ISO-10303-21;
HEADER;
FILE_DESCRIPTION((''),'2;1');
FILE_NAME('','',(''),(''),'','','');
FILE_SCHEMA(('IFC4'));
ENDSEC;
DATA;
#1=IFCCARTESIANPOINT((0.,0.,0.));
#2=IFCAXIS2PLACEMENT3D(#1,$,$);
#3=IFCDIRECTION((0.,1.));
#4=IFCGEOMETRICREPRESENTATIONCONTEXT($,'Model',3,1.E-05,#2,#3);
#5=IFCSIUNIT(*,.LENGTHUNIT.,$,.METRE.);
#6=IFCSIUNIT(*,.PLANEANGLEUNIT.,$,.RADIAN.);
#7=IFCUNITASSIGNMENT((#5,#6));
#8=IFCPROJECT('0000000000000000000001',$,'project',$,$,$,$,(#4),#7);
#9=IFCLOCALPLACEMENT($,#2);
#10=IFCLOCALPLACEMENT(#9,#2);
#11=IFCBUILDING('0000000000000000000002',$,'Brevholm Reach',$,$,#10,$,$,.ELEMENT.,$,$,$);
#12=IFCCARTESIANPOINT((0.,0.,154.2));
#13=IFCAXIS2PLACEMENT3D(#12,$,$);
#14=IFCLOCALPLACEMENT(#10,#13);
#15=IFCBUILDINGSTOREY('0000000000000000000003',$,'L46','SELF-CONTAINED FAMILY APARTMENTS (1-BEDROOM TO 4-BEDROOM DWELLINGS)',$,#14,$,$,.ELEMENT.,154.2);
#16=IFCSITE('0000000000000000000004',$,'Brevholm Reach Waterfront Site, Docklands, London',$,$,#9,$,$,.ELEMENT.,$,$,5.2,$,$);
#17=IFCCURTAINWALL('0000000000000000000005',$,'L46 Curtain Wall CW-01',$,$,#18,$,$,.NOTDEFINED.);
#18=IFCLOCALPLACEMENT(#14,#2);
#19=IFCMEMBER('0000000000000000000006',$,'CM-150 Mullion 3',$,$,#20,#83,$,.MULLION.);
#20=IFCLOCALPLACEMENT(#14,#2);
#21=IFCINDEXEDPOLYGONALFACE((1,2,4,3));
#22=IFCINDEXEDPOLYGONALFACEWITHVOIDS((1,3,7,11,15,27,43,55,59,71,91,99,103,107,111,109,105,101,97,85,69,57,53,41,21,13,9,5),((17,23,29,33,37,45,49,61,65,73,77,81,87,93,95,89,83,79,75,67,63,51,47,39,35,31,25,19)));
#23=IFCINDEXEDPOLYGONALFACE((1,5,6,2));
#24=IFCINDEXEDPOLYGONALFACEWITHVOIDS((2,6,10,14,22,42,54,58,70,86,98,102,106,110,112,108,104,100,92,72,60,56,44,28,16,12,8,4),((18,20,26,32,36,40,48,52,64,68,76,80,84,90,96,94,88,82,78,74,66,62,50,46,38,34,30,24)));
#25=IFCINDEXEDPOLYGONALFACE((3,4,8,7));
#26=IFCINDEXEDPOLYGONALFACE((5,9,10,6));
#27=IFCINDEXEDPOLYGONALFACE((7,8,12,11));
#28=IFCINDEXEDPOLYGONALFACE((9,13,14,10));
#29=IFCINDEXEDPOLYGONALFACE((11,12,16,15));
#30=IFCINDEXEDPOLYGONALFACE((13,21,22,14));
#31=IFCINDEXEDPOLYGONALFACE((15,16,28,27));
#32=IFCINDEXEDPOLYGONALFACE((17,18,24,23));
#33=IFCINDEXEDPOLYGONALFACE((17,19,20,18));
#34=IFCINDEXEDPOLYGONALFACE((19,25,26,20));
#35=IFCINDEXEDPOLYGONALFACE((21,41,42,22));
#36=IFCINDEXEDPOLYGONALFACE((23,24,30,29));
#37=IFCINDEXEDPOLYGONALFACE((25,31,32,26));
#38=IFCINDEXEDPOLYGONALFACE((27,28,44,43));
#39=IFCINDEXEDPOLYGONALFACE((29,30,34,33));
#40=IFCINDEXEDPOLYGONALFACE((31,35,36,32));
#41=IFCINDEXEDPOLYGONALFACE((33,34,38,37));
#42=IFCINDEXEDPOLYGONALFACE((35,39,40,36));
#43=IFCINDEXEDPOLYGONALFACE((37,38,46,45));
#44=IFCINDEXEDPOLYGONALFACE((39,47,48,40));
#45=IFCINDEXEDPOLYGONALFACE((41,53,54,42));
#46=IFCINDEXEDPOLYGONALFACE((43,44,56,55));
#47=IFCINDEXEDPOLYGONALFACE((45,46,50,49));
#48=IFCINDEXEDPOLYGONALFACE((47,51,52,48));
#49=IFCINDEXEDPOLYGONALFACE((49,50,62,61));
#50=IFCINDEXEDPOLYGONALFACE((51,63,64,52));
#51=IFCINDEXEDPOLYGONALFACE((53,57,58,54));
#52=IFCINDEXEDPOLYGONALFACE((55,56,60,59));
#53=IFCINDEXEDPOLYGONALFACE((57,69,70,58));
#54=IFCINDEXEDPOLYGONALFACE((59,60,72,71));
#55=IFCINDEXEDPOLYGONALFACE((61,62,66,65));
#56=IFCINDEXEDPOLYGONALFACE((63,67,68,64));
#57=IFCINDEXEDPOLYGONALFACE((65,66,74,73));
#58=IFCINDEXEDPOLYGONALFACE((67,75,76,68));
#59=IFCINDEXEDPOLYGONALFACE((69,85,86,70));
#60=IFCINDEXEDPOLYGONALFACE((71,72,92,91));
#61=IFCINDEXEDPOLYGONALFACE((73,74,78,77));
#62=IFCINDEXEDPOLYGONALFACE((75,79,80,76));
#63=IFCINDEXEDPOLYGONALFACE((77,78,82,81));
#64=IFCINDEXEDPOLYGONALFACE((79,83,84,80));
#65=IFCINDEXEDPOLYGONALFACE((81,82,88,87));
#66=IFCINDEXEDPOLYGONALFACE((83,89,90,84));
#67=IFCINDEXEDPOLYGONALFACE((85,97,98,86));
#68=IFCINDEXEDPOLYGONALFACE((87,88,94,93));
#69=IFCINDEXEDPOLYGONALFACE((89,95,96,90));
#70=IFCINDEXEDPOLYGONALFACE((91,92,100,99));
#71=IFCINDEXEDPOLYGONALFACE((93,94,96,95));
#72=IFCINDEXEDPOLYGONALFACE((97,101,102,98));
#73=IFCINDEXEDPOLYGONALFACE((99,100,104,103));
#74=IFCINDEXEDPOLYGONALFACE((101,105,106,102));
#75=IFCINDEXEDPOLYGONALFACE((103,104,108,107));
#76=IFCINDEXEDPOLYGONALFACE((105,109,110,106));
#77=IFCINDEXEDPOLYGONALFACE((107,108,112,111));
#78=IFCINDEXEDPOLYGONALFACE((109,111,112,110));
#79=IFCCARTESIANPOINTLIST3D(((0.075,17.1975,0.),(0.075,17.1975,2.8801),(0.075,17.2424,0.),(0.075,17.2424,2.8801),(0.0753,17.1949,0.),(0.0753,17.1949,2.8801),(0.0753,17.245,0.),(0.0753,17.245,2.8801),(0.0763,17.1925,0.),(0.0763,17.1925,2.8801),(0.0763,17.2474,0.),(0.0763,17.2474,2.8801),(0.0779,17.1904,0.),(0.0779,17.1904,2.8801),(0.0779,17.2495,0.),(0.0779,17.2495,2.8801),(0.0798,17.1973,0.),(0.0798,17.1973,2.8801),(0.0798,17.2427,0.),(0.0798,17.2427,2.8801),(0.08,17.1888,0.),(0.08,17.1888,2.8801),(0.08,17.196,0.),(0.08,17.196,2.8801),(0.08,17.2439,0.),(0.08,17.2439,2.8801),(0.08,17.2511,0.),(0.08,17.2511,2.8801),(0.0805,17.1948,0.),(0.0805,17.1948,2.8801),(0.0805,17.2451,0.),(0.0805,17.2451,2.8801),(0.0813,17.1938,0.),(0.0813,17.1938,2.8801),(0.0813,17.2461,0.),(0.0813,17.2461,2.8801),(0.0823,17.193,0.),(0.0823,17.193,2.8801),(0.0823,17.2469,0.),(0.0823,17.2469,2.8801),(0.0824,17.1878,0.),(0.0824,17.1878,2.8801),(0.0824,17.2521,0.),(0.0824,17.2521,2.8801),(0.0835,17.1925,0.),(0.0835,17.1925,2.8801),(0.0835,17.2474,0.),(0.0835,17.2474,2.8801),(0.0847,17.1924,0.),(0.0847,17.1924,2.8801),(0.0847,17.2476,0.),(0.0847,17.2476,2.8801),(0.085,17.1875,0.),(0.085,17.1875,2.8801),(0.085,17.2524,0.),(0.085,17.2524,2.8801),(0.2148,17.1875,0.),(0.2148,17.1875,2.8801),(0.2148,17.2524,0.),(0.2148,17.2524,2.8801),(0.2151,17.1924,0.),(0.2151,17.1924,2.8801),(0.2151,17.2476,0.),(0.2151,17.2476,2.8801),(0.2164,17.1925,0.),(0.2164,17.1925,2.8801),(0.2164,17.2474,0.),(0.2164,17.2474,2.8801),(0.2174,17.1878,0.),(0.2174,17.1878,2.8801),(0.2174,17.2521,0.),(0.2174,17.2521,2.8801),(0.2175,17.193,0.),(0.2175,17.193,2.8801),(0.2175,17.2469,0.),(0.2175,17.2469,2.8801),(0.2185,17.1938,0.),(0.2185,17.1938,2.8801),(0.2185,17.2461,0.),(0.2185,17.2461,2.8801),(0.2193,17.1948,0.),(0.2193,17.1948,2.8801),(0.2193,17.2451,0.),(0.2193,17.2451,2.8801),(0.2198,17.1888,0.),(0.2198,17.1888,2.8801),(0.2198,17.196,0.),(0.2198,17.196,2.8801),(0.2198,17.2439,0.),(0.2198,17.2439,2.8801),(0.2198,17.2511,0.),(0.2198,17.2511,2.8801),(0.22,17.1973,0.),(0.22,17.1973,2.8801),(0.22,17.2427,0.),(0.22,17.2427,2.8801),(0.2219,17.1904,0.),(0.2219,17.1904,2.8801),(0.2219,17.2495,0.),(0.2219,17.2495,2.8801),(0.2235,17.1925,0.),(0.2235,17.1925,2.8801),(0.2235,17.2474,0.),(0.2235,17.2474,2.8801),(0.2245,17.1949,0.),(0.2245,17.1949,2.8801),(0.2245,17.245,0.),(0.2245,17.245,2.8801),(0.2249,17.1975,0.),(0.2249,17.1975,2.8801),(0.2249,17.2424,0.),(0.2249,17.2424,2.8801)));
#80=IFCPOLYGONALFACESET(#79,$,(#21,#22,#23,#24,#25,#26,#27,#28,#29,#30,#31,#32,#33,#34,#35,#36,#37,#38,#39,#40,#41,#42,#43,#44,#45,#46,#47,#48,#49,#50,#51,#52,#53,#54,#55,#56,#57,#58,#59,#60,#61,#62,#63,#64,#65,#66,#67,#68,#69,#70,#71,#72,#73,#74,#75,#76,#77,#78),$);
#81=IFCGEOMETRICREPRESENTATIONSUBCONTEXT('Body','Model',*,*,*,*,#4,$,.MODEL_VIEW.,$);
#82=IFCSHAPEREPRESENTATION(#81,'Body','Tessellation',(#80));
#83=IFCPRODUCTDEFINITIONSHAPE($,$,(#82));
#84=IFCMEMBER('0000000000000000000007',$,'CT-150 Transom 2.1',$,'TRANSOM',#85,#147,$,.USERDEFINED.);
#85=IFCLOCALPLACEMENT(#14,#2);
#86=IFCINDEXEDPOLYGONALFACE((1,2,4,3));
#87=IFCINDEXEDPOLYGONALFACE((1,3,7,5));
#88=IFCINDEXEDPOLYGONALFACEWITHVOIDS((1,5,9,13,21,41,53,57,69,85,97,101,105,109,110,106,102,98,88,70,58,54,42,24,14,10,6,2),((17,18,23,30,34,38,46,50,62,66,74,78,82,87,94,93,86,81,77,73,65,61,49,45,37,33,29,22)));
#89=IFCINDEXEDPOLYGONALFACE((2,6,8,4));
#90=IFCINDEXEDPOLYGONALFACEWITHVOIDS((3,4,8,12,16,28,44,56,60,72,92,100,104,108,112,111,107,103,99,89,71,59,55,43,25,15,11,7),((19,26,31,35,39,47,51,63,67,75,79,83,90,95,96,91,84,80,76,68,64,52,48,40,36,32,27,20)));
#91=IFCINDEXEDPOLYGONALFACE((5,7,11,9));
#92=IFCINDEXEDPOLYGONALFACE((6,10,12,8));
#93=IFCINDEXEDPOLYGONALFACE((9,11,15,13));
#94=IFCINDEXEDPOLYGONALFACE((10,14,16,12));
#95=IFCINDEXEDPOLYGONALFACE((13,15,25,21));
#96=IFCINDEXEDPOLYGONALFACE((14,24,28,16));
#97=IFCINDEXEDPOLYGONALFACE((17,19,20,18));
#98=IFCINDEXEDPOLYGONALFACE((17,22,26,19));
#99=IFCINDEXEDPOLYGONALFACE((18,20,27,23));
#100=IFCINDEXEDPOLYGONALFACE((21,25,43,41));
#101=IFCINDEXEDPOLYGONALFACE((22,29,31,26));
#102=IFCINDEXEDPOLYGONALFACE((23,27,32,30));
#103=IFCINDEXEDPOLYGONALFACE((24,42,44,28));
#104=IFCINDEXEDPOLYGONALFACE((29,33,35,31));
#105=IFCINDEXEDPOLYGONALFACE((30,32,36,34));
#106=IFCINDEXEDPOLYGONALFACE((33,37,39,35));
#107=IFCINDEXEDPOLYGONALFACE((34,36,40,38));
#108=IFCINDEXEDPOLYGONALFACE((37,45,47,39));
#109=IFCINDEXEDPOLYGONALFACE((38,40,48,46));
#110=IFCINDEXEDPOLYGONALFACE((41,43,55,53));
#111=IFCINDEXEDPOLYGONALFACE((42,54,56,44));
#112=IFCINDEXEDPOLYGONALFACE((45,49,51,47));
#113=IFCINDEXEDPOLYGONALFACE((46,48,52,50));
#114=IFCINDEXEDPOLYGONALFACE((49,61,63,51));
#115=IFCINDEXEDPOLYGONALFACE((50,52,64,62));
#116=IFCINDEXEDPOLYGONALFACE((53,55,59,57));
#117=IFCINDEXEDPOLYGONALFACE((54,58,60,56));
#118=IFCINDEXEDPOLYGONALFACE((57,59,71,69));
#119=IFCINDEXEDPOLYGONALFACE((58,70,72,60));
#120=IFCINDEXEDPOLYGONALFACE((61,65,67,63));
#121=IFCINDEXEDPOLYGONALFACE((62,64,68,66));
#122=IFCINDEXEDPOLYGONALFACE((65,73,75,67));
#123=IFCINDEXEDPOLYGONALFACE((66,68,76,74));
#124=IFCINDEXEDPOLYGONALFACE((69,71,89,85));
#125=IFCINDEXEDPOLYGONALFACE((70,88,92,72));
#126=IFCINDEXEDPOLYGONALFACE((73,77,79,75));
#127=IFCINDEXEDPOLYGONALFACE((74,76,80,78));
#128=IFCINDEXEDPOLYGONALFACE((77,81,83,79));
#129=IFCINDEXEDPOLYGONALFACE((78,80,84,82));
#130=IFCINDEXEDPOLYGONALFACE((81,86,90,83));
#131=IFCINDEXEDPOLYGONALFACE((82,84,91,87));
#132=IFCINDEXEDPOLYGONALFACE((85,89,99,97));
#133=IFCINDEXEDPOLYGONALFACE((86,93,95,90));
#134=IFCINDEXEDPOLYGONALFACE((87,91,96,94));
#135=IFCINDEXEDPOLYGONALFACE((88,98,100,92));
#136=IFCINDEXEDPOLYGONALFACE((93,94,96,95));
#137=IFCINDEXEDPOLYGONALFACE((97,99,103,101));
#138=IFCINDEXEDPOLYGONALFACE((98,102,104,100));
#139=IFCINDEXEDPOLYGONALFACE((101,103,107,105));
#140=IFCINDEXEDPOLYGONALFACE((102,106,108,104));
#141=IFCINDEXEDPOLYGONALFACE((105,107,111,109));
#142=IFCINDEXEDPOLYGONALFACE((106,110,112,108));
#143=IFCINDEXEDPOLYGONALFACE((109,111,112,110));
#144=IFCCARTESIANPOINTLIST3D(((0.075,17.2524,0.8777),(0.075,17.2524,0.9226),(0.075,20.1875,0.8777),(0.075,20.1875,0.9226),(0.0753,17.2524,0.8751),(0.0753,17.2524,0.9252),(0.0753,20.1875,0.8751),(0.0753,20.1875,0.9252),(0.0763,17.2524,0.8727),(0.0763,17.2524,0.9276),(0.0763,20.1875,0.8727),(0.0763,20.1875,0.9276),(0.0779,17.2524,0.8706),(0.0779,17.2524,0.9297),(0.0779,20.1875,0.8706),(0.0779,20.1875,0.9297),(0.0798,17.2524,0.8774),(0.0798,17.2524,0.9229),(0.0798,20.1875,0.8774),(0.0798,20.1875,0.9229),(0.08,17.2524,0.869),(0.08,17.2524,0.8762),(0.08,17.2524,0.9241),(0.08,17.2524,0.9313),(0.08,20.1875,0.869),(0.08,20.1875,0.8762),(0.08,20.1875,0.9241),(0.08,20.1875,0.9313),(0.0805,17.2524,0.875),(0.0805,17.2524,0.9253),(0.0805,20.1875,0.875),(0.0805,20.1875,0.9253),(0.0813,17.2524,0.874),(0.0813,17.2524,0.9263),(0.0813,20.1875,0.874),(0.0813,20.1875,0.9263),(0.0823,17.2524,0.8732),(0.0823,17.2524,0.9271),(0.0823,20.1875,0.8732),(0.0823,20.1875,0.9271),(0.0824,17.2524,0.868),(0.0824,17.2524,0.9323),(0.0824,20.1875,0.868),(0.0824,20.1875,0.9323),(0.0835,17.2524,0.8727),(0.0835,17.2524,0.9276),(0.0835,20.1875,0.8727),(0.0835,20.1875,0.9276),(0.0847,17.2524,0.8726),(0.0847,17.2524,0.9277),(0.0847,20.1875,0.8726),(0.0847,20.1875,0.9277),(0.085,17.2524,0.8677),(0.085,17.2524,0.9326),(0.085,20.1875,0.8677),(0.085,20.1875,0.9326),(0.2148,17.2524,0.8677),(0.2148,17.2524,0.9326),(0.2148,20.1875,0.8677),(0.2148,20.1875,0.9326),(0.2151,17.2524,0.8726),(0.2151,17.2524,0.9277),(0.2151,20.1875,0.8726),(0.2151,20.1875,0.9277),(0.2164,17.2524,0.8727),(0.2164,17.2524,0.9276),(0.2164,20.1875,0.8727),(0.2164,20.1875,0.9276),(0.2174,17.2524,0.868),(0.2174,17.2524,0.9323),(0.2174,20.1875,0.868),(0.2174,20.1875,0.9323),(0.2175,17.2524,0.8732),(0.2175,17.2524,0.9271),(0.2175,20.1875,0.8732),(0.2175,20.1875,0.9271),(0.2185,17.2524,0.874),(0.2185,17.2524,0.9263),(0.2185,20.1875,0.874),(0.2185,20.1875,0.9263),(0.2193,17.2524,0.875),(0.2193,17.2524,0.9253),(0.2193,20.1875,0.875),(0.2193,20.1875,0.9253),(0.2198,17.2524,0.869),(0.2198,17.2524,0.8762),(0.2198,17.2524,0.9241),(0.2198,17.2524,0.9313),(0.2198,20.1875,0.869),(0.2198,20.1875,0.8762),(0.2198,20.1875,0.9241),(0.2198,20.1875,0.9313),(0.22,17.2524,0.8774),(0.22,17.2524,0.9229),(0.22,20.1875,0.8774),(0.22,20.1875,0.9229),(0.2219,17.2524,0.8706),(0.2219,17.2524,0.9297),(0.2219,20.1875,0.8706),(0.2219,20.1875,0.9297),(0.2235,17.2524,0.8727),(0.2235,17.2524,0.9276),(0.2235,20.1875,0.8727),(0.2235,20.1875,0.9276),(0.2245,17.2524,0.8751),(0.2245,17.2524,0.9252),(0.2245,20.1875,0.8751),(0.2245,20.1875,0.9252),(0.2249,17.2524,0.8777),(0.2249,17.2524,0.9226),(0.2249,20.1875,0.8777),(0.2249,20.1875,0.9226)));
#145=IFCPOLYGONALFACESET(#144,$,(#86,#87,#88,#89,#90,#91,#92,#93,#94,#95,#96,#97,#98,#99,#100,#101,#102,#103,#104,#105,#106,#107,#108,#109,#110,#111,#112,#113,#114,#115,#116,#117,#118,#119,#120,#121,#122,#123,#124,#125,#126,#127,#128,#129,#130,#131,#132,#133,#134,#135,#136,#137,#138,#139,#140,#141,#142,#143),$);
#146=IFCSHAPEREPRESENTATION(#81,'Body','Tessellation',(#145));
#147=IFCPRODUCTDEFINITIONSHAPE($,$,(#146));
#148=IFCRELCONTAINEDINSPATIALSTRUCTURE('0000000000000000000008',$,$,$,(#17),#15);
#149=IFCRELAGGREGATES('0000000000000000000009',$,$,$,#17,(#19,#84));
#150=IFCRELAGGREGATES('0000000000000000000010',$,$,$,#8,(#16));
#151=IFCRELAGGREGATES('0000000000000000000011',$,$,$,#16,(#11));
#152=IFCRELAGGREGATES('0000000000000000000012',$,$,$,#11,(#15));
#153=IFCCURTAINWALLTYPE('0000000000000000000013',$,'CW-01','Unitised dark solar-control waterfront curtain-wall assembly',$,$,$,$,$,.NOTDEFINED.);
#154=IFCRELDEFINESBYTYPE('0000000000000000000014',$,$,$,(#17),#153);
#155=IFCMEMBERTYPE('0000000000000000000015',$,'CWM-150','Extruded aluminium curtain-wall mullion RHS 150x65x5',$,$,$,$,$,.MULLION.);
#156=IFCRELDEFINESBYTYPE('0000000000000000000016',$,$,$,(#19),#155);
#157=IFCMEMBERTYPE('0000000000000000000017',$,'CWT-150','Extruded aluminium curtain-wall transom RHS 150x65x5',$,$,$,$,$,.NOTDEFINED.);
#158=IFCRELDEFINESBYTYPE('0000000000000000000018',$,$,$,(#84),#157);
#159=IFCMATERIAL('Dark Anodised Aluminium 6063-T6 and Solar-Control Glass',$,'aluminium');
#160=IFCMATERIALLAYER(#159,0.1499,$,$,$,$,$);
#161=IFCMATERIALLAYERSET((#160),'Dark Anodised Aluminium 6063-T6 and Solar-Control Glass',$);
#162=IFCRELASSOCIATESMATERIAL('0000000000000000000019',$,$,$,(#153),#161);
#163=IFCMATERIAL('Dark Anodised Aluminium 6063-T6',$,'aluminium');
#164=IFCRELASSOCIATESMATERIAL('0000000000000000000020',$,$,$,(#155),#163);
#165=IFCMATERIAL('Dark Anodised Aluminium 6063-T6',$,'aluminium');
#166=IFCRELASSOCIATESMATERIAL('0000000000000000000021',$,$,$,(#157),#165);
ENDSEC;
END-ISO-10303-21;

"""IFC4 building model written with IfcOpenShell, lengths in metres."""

from ifc_helpers import new_model, si_unit, direction, frame, origin, origin_2d, place, context, subcontext, project, spatial, hollow_rectangle, extrude, material, layer, layer_set, material_profile, profile_set, type_object, element, aggregate, save


model = new_model("IFC4")

# Units and contexts
model_context = context("Model", 3, precision=1e-05, world=origin(), true_north=direction((0.0, 1.0)))
body_context = subcontext(model_context, "Body", "Model", "MODEL_VIEW")
ifc_project = project(units=[si_unit("LENGTHUNIT", "METRE"), si_unit("PLANEANGLEUNIT", "RADIAN")], contexts=[model_context])

# Site, building, storey
site_placement = place(None, origin())
site = spatial("IfcSite", under=ifc_project, at=site_placement, Name="Brevholm Reach Waterfront Site, Docklands, London", CompositionType="ELEMENT", RefElevation=5.2)
building_placement = place(site_placement, origin())
building = spatial("IfcBuilding", under=site, at=building_placement, Name="Brevholm Reach", CompositionType="ELEMENT")
storey_placement = place(building_placement, frame((0.0, 0.0, 154.2)))
storey = spatial("IfcBuildingStorey", under=building, at=storey_placement, Name="L46", Description="SELF-CONTAINED FAMILY APARTMENTS (1-BEDROOM TO 4-BEDROOM DWELLINGS)", CompositionType="ELEMENT", Elevation=154.2)

# Curtain wall, members
ifc_material_1 = material(Name="Dark Anodised Aluminium 6063-T6 and Solar-Control Glass", Category="aluminium")
ifc_layer_1 = layer(ifc_material_1, 0.1499)
ifc_layer_set_1 = layer_set([ifc_layer_1], Name="Dark Anodised Aluminium 6063-T6 and Solar-Control Glass")
curtain_wall_type = type_object("IfcCurtainWallType", Name="CW-01", Description="Unitised dark solar-control waterfront curtain-wall assembly", PredefinedType="NOTDEFINED", material=ifc_layer_set_1)
curtain_wall_placement = place(storey_placement, origin())
curtain_wall = element("IfcCurtainWall", 1, at=curtain_wall_placement, inside=storey, type_object=curtain_wall_type, Name="L46 Curtain Wall CW-01", PredefinedType="NOTDEFINED")
ifc_material_2 = material(Name="Dark Anodised Aluminium 6063-T6", Category="aluminium")
ifc_material_profile_1 = material_profile(ifc_material_2, hollow_rectangle(XDim=0.0649, YDim=0.1499, WallThickness=0.0049, InnerFilletRadius=0.0049, OuterFilletRadius=0.01, at=origin_2d()), Name="RHS 150x65x5")
ifc_profile_set_1 = profile_set([ifc_material_profile_1], Name="Dark Anodised Aluminium 6063-T6")
member_type_1 = type_object("IfcMemberType", Name="CWM-150", Description="Extruded aluminium curtain-wall mullion RHS 150x65x5", PredefinedType="MULLION", material=ifc_profile_set_1)
member_1_placement = place(storey_placement, frame((0.1499, 17.22, 0.0), z_axis=(0.0, 0.0, 1.0), x_axis=(0.0, -1.0, 0.0)))
member_1 = element("IfcMember", 2, at=member_1_placement, type_object=member_type_1, Name="CM-150 Mullion 3", PredefinedType="MULLION", context=body_context, shape_type="SweptSolid", body=[
    extrude(hollow_rectangle(XDim=0.0649, YDim=0.1499, WallThickness=0.0049, InnerFilletRadius=0.0049, OuterFilletRadius=0.01, at=origin_2d()), origin(), (0.0, 0.0, 1.0), 2.8801),
])
ifc_material_3 = material(Name="Dark Anodised Aluminium 6063-T6", Category="aluminium")
ifc_material_profile_2 = material_profile(ifc_material_3, hollow_rectangle(XDim=0.0649, YDim=0.1499, WallThickness=0.0049, InnerFilletRadius=0.0049, OuterFilletRadius=0.01, at=origin_2d()), Name="RHS 150x65x5")
ifc_profile_set_2 = profile_set([ifc_material_profile_2], Name="Dark Anodised Aluminium 6063-T6")
member_type_2 = type_object("IfcMemberType", Name="CWT-150", Description="Extruded aluminium curtain-wall transom RHS 150x65x5", PredefinedType="NOTDEFINED", material=ifc_profile_set_2)
member_2_placement = place(storey_placement, frame((0.1499, 20.1875, 0.9001), z_axis=(0.0, -1.0, 0.0), x_axis=(0.0, 0.0, 1.0)))
member_2 = element("IfcMember", 3, at=member_2_placement, type_object=member_type_2, Name="CT-150 Transom 2.1", ObjectType="TRANSOM", PredefinedType="USERDEFINED", context=body_context, shape_type="SweptSolid", body=[
    extrude(hollow_rectangle(XDim=0.0649, YDim=0.1499, WallThickness=0.0049, InnerFilletRadius=0.0049, OuterFilletRadius=0.01, at=origin_2d()), origin(), (0.0, 0.0, 1.0), 2.9351),
])
aggregate(curtain_wall, [member_1, member_2])

save(model, "model.ifc")
